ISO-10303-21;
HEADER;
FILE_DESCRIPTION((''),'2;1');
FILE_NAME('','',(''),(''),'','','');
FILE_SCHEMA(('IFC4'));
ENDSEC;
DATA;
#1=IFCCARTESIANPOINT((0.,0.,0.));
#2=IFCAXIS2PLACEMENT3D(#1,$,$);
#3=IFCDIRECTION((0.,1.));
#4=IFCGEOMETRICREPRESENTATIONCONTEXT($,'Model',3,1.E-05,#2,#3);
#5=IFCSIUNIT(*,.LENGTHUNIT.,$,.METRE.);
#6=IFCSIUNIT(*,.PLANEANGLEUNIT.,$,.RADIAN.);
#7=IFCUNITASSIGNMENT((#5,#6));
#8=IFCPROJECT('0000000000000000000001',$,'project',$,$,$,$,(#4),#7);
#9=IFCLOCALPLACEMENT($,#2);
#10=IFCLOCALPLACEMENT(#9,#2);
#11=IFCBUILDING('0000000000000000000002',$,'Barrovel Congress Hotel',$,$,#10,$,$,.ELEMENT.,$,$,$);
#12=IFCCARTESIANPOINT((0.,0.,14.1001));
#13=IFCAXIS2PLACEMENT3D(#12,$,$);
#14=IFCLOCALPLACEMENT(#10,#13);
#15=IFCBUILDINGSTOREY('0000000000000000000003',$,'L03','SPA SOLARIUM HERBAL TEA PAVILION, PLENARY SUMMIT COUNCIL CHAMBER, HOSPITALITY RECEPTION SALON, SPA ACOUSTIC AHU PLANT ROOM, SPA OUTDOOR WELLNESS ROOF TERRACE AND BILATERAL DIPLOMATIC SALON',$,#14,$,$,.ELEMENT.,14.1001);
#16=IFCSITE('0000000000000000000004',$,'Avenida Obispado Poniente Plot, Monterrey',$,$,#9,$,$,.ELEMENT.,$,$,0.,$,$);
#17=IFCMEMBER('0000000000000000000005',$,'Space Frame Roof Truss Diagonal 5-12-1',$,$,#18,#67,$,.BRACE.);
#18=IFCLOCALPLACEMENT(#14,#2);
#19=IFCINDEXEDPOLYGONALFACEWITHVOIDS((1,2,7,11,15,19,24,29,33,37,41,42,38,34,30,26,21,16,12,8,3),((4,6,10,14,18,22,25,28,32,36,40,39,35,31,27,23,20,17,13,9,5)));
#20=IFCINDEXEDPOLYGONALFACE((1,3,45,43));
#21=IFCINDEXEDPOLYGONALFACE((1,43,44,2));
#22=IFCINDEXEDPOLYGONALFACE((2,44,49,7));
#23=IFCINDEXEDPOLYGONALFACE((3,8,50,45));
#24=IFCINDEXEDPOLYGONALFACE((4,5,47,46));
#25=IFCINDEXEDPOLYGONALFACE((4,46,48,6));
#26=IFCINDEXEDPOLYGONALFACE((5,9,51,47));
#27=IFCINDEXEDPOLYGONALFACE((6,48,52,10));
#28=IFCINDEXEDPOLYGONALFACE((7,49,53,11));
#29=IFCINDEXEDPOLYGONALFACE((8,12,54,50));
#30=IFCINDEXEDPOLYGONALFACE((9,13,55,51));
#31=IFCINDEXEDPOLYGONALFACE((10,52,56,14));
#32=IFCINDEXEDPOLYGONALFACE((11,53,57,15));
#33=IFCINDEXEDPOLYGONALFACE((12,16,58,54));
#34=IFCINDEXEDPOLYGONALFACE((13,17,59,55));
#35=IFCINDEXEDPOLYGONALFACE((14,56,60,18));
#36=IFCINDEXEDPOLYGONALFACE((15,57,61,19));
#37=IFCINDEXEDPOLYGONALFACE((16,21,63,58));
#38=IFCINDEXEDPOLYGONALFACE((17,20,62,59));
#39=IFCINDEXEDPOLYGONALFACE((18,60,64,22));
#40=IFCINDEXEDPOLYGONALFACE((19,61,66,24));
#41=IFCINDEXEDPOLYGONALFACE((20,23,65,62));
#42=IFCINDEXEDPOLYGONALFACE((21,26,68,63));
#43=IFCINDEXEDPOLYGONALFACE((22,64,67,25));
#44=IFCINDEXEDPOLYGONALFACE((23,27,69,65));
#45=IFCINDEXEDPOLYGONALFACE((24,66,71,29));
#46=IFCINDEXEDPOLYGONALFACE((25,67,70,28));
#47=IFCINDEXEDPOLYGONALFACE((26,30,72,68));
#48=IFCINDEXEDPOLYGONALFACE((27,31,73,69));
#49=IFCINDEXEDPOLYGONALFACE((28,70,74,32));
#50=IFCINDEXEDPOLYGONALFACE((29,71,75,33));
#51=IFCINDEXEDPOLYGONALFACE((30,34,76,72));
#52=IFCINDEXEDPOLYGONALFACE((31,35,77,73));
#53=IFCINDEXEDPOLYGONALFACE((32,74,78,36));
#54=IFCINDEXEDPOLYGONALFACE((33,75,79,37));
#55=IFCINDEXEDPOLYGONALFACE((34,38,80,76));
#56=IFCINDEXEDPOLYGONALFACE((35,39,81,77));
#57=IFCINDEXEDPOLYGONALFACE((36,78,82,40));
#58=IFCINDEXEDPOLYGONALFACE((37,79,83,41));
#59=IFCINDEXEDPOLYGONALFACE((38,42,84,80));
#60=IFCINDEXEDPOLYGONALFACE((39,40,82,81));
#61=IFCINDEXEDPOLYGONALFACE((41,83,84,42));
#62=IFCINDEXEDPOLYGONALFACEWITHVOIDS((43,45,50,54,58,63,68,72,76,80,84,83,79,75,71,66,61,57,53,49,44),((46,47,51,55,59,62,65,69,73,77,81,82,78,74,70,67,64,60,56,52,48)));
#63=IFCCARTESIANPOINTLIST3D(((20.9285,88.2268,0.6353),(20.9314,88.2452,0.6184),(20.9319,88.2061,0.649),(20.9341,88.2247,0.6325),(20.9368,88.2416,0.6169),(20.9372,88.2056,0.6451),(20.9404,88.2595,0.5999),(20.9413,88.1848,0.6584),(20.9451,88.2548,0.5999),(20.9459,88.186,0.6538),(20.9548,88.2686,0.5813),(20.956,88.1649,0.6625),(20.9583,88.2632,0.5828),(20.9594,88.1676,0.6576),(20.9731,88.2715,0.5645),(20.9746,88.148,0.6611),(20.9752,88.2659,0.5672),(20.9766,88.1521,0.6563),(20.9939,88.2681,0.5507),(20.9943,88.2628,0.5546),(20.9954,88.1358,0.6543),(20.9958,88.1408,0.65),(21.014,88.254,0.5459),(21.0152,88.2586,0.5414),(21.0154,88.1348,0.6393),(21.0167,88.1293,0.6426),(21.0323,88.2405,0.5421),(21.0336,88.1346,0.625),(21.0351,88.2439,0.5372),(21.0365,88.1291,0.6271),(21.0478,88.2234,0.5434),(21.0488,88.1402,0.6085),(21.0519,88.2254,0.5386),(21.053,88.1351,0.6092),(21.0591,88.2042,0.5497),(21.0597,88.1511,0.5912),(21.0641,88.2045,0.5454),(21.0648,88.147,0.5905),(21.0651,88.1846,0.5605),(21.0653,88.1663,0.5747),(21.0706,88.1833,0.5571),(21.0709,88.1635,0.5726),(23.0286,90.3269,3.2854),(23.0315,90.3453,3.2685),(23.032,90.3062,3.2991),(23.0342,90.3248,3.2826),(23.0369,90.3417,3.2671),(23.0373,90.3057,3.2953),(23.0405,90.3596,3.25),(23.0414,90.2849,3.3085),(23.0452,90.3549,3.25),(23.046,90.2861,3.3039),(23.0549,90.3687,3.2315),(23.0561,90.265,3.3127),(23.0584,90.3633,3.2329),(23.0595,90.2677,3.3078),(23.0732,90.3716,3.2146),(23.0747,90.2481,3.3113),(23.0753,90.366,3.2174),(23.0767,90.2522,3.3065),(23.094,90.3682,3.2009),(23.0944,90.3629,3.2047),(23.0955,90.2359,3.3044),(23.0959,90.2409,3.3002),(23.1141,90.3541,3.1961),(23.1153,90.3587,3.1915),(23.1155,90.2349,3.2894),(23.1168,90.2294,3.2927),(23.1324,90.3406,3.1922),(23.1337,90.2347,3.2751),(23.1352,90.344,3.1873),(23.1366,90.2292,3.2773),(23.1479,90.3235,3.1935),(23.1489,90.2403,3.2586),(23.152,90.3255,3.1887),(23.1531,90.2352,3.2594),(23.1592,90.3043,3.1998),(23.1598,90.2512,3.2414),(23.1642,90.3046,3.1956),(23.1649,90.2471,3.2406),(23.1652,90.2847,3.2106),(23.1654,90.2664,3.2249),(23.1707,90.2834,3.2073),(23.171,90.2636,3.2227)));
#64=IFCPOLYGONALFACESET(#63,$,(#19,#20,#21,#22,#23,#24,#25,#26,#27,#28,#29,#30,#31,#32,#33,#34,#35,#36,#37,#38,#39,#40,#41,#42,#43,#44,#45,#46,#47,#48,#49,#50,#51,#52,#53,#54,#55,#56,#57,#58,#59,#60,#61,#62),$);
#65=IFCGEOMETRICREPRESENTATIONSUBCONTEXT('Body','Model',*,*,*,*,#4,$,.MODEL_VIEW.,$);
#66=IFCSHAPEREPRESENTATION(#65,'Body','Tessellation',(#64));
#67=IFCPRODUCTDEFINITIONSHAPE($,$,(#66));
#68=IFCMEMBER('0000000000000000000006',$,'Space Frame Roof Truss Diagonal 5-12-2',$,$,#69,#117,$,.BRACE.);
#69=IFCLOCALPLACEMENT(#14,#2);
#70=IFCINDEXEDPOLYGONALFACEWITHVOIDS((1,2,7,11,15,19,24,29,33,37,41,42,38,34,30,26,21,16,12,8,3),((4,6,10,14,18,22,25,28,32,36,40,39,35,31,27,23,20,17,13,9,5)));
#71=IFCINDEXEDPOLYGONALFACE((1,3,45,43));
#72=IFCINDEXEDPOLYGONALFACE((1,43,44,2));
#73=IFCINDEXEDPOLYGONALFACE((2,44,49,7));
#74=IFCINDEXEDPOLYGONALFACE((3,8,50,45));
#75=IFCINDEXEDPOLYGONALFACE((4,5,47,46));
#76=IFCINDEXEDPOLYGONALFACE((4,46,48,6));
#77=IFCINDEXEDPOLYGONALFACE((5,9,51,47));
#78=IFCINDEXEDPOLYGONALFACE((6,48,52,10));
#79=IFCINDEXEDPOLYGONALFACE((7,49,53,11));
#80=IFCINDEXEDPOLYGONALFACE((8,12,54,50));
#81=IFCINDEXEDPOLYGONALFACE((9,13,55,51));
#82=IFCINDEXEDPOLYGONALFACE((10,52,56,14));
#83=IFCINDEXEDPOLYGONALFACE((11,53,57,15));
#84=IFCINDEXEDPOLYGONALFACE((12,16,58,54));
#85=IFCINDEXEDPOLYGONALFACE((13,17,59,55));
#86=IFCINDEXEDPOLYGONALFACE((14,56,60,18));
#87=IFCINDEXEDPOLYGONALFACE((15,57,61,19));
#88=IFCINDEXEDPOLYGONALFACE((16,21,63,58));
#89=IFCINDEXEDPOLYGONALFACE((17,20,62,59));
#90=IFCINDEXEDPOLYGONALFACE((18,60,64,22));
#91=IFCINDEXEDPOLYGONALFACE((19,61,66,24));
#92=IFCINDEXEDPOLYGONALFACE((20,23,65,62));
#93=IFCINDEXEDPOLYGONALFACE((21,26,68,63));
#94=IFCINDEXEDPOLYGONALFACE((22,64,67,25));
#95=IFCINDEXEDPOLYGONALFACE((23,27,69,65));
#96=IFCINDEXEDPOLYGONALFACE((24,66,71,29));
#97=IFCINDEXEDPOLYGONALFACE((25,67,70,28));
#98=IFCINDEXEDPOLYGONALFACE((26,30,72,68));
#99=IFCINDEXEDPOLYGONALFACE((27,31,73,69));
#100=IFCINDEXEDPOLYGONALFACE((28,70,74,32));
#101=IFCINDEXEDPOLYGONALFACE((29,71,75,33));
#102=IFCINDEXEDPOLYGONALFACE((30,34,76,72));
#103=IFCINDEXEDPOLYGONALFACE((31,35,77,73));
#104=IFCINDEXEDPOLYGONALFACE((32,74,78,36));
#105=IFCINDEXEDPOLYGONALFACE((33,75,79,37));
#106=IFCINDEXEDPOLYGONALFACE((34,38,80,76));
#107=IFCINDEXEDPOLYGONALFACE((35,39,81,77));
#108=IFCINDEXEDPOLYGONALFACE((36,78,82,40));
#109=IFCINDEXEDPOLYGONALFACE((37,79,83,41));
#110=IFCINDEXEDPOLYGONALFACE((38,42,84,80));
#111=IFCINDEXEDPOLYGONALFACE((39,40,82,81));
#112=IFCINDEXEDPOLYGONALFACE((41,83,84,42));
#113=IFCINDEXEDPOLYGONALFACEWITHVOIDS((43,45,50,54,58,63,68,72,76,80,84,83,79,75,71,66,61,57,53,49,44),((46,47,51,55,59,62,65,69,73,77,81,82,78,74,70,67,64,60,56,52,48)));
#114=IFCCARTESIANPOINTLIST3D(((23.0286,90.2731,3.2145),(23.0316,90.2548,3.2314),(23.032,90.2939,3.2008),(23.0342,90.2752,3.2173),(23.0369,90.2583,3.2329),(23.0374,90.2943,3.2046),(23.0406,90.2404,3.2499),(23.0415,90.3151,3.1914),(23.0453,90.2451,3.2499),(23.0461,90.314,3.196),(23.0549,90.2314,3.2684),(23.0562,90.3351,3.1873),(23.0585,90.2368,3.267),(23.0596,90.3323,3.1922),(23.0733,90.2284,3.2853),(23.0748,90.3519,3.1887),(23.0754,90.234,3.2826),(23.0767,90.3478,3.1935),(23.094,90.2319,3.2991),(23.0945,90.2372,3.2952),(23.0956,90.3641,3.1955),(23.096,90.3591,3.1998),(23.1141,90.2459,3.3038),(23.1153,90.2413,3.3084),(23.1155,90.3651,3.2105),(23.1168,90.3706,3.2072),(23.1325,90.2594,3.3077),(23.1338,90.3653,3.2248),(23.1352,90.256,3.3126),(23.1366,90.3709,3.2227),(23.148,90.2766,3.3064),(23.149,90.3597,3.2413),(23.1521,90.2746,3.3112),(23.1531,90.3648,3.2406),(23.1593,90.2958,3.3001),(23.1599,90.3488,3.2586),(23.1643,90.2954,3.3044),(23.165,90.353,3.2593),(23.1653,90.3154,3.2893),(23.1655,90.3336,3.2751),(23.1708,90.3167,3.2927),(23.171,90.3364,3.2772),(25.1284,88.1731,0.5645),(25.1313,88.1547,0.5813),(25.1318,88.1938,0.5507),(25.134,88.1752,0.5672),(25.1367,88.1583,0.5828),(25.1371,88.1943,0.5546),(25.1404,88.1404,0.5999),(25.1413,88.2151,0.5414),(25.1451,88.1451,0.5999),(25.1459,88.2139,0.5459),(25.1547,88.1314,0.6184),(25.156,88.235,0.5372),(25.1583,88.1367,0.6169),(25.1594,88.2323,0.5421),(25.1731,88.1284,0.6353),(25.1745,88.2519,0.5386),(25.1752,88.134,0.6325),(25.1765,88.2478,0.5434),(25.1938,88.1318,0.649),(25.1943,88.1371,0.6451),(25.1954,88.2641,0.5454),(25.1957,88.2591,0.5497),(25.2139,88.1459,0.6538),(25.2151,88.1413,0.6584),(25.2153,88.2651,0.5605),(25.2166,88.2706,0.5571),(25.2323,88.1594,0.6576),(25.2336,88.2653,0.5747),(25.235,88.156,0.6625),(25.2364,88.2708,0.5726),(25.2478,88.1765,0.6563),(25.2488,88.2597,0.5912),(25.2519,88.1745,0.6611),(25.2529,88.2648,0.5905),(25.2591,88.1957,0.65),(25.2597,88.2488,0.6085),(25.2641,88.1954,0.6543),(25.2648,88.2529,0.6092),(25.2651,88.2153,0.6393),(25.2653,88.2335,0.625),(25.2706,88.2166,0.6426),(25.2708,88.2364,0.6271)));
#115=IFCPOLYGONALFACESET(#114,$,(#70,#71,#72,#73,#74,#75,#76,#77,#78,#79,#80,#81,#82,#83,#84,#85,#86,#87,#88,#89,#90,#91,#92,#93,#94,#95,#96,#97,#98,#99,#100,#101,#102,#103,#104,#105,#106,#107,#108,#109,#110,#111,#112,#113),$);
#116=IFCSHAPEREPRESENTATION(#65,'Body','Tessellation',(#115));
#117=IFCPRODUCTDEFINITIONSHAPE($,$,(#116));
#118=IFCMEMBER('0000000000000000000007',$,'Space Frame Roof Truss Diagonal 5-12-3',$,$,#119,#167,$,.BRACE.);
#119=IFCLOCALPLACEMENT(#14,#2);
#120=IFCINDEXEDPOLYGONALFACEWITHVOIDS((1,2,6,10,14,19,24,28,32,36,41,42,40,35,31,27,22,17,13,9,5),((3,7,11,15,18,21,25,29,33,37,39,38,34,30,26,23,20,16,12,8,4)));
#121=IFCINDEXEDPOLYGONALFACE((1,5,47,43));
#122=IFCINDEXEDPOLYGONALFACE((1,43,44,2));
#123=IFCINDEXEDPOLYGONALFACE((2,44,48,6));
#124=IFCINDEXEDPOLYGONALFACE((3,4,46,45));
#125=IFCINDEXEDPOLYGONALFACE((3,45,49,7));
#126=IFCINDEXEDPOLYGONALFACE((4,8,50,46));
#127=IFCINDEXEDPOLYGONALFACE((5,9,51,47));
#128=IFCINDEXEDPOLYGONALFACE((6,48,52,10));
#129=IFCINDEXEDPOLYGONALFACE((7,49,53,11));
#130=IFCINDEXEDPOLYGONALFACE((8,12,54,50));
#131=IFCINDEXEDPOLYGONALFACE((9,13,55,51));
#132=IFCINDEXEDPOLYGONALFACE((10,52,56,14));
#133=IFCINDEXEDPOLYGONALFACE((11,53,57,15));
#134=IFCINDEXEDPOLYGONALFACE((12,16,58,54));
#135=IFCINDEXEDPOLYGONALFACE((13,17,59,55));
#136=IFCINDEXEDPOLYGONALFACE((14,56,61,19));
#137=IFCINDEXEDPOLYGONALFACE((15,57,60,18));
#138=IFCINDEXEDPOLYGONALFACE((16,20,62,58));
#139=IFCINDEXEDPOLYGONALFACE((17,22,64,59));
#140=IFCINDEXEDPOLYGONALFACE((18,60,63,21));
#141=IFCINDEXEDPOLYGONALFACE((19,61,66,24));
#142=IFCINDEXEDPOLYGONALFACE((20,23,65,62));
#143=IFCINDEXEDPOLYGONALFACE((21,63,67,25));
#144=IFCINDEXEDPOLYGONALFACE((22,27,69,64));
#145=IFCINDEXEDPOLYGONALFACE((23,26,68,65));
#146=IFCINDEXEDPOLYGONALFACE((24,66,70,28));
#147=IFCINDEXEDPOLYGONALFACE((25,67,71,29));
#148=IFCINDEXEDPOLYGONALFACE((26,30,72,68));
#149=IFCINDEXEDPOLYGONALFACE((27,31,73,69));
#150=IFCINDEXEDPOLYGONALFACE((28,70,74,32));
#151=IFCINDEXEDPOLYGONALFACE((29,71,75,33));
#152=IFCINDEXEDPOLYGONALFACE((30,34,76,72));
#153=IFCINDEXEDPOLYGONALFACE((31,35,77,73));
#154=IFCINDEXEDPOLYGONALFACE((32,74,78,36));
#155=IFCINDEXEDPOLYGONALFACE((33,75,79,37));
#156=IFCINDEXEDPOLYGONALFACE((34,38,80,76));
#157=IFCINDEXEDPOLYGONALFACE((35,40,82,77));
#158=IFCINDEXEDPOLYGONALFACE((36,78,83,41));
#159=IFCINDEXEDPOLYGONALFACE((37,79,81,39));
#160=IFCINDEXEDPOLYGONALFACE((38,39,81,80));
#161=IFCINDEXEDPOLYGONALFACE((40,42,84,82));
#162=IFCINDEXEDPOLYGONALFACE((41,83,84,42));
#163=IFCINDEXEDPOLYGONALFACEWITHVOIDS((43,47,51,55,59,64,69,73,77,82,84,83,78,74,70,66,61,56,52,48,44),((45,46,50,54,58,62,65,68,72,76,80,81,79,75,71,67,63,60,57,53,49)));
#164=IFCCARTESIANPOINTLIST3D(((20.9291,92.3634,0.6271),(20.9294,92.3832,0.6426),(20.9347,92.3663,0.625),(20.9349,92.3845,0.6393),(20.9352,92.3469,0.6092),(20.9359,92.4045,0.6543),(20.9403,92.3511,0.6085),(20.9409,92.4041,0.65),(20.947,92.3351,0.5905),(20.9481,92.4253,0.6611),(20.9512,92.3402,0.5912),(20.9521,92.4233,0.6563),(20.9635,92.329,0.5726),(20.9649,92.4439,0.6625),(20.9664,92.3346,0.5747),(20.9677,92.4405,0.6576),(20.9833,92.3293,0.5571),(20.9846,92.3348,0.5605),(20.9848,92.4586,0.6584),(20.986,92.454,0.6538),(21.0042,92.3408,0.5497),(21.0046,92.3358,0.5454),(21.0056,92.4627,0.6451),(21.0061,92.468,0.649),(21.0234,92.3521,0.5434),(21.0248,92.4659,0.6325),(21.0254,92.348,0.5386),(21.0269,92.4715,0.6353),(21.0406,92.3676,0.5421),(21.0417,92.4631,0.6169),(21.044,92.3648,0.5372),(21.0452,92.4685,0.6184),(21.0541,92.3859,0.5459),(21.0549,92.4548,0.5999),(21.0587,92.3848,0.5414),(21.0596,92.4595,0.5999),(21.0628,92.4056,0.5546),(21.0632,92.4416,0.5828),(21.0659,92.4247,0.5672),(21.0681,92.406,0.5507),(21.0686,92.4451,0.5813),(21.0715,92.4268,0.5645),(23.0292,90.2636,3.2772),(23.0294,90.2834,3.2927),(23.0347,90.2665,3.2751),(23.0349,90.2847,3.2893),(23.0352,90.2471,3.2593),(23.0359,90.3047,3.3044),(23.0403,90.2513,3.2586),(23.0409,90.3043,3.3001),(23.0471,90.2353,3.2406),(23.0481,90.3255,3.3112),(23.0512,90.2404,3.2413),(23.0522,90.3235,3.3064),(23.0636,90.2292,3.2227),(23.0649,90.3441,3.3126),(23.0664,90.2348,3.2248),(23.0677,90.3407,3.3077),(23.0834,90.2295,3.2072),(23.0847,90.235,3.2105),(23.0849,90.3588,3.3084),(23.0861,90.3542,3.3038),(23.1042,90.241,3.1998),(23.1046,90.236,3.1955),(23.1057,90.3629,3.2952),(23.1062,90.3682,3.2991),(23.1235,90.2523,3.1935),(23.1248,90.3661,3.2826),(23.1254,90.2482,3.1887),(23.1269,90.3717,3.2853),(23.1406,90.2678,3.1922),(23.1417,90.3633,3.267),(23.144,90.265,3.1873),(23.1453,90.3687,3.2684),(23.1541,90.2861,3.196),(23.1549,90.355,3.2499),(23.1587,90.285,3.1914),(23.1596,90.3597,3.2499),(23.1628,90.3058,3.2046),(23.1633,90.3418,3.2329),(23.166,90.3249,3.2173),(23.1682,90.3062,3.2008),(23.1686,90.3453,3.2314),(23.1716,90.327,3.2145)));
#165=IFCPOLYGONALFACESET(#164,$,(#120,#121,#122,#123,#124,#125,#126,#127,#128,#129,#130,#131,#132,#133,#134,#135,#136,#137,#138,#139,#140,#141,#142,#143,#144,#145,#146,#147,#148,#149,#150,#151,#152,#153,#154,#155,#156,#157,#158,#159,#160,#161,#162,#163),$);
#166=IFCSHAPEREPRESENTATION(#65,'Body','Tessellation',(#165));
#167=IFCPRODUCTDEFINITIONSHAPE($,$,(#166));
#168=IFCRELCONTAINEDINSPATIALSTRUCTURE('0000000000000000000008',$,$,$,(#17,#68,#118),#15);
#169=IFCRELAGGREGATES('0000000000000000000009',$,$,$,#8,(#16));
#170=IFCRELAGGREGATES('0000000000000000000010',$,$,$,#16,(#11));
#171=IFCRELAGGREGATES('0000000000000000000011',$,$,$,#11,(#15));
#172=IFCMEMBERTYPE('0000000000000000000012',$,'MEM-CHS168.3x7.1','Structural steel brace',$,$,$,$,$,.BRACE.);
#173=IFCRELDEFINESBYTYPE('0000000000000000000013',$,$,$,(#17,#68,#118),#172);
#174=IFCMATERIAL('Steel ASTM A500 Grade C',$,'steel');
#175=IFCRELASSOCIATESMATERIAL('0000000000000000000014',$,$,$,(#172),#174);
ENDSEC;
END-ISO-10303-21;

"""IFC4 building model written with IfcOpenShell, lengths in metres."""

from ifc_helpers import new_model, si_unit, direction, frame, origin, origin_2d, place, context, subcontext, project, spatial, hollow_circle, extrude, material, material_profile, profile_set, type_object, element, save


model = new_model("IFC4")

# Units and contexts
model_context = context("Model", 3, precision=1e-05, world=origin(), true_north=direction((0.0, 1.0)))
body_context = subcontext(model_context, "Body", "Model", "MODEL_VIEW")
ifc_project = project(units=[si_unit("LENGTHUNIT", "METRE"), si_unit("PLANEANGLEUNIT", "RADIAN")], contexts=[model_context])

# Site, building, storey
site_placement = place(None, origin())
site = spatial("IfcSite", under=ifc_project, at=site_placement, Name="Avenida Obispado Poniente Plot, Monterrey", CompositionType="ELEMENT", RefElevation=0.0)
building_placement = place(site_placement, origin())
building = spatial("IfcBuilding", under=site, at=building_placement, Name="Barrovel Congress Hotel", CompositionType="ELEMENT")
storey_placement = place(building_placement, frame((0.0, 0.0, 14.1001)))
storey = spatial("IfcBuildingStorey", under=building, at=storey_placement, Name="L03", Description="SPA SOLARIUM HERBAL TEA PAVILION, PLENARY SUMMIT COUNCIL CHAMBER, HOSPITALITY RECEPTION SALON, SPA ACOUSTIC AHU PLANT ROOM, SPA OUTDOOR WELLNESS ROOF TERRACE AND BILATERAL DIPLOMATIC SALON", CompositionType="ELEMENT", Elevation=14.1001)

# Members
ifc_material_1 = material(Name="Steel ASTM A500 Grade C", Category="steel")
ifc_material_profile_1 = material_profile(ifc_material_1, hollow_circle(Radius=0.0842, WallThickness=0.0066, at=origin_2d()), Name="CHS168.3x7.1")
ifc_profile_set_1 = profile_set([ifc_material_profile_1], Name="Steel ASTM A500 Grade C")
member_type_1 = type_object("IfcMemberType", Name="MEM-CHS168.3x7.1", Description="Structural steel brace", PredefinedType="BRACE", material=ifc_profile_set_1)
for number, where, z_axis, x_axis, name in (
    (1, (21.0, 88.2, 0.5999), (0.527601, 0.527601, 0.665788), (-0.707107, 0.707107, 0.0), "Space Frame Roof Truss Diagonal 5-12-1"),
):
    element("IfcMember", number, at=place(storey_placement, frame(where, z_axis=z_axis, x_axis=x_axis)), inside=storey, type_object=member_type_1, Name=name, PredefinedType="BRACE", context=body_context, shape_type="SweptSolid", body=[
        extrude(hollow_circle(Radius=0.0842, WallThickness=0.0066, at=origin_2d()), origin(), (0.0, 0.0, 1.0), 3.9805),
    ])
for number, where, z_axis, x_axis, name in (
    (2, (25.2, 88.2, 0.5999), (-0.527557, 0.527618, 0.66581), (-0.707148, -0.707066, 0.0), "Space Frame Roof Truss Diagonal 5-12-2"),
    (3, (21.0, 92.3999, 0.5999), (0.527618, -0.527557, 0.66581), (0.707066, 0.707148, 0.0), "Space Frame Roof Truss Diagonal 5-12-3"),
):
    element("IfcMember", number, at=place(storey_placement, frame(where, z_axis=z_axis, x_axis=x_axis)), inside=storey, type_object=member_type_1, Name=name, PredefinedType="BRACE", context=body_context, shape_type="SweptSolid", body=[
        extrude(hollow_circle(Radius=0.0842, WallThickness=0.0066, at=origin_2d()), origin(), (0.0, 0.0, 1.0), 3.9802),
    ])

save(model, "model.ifc")
